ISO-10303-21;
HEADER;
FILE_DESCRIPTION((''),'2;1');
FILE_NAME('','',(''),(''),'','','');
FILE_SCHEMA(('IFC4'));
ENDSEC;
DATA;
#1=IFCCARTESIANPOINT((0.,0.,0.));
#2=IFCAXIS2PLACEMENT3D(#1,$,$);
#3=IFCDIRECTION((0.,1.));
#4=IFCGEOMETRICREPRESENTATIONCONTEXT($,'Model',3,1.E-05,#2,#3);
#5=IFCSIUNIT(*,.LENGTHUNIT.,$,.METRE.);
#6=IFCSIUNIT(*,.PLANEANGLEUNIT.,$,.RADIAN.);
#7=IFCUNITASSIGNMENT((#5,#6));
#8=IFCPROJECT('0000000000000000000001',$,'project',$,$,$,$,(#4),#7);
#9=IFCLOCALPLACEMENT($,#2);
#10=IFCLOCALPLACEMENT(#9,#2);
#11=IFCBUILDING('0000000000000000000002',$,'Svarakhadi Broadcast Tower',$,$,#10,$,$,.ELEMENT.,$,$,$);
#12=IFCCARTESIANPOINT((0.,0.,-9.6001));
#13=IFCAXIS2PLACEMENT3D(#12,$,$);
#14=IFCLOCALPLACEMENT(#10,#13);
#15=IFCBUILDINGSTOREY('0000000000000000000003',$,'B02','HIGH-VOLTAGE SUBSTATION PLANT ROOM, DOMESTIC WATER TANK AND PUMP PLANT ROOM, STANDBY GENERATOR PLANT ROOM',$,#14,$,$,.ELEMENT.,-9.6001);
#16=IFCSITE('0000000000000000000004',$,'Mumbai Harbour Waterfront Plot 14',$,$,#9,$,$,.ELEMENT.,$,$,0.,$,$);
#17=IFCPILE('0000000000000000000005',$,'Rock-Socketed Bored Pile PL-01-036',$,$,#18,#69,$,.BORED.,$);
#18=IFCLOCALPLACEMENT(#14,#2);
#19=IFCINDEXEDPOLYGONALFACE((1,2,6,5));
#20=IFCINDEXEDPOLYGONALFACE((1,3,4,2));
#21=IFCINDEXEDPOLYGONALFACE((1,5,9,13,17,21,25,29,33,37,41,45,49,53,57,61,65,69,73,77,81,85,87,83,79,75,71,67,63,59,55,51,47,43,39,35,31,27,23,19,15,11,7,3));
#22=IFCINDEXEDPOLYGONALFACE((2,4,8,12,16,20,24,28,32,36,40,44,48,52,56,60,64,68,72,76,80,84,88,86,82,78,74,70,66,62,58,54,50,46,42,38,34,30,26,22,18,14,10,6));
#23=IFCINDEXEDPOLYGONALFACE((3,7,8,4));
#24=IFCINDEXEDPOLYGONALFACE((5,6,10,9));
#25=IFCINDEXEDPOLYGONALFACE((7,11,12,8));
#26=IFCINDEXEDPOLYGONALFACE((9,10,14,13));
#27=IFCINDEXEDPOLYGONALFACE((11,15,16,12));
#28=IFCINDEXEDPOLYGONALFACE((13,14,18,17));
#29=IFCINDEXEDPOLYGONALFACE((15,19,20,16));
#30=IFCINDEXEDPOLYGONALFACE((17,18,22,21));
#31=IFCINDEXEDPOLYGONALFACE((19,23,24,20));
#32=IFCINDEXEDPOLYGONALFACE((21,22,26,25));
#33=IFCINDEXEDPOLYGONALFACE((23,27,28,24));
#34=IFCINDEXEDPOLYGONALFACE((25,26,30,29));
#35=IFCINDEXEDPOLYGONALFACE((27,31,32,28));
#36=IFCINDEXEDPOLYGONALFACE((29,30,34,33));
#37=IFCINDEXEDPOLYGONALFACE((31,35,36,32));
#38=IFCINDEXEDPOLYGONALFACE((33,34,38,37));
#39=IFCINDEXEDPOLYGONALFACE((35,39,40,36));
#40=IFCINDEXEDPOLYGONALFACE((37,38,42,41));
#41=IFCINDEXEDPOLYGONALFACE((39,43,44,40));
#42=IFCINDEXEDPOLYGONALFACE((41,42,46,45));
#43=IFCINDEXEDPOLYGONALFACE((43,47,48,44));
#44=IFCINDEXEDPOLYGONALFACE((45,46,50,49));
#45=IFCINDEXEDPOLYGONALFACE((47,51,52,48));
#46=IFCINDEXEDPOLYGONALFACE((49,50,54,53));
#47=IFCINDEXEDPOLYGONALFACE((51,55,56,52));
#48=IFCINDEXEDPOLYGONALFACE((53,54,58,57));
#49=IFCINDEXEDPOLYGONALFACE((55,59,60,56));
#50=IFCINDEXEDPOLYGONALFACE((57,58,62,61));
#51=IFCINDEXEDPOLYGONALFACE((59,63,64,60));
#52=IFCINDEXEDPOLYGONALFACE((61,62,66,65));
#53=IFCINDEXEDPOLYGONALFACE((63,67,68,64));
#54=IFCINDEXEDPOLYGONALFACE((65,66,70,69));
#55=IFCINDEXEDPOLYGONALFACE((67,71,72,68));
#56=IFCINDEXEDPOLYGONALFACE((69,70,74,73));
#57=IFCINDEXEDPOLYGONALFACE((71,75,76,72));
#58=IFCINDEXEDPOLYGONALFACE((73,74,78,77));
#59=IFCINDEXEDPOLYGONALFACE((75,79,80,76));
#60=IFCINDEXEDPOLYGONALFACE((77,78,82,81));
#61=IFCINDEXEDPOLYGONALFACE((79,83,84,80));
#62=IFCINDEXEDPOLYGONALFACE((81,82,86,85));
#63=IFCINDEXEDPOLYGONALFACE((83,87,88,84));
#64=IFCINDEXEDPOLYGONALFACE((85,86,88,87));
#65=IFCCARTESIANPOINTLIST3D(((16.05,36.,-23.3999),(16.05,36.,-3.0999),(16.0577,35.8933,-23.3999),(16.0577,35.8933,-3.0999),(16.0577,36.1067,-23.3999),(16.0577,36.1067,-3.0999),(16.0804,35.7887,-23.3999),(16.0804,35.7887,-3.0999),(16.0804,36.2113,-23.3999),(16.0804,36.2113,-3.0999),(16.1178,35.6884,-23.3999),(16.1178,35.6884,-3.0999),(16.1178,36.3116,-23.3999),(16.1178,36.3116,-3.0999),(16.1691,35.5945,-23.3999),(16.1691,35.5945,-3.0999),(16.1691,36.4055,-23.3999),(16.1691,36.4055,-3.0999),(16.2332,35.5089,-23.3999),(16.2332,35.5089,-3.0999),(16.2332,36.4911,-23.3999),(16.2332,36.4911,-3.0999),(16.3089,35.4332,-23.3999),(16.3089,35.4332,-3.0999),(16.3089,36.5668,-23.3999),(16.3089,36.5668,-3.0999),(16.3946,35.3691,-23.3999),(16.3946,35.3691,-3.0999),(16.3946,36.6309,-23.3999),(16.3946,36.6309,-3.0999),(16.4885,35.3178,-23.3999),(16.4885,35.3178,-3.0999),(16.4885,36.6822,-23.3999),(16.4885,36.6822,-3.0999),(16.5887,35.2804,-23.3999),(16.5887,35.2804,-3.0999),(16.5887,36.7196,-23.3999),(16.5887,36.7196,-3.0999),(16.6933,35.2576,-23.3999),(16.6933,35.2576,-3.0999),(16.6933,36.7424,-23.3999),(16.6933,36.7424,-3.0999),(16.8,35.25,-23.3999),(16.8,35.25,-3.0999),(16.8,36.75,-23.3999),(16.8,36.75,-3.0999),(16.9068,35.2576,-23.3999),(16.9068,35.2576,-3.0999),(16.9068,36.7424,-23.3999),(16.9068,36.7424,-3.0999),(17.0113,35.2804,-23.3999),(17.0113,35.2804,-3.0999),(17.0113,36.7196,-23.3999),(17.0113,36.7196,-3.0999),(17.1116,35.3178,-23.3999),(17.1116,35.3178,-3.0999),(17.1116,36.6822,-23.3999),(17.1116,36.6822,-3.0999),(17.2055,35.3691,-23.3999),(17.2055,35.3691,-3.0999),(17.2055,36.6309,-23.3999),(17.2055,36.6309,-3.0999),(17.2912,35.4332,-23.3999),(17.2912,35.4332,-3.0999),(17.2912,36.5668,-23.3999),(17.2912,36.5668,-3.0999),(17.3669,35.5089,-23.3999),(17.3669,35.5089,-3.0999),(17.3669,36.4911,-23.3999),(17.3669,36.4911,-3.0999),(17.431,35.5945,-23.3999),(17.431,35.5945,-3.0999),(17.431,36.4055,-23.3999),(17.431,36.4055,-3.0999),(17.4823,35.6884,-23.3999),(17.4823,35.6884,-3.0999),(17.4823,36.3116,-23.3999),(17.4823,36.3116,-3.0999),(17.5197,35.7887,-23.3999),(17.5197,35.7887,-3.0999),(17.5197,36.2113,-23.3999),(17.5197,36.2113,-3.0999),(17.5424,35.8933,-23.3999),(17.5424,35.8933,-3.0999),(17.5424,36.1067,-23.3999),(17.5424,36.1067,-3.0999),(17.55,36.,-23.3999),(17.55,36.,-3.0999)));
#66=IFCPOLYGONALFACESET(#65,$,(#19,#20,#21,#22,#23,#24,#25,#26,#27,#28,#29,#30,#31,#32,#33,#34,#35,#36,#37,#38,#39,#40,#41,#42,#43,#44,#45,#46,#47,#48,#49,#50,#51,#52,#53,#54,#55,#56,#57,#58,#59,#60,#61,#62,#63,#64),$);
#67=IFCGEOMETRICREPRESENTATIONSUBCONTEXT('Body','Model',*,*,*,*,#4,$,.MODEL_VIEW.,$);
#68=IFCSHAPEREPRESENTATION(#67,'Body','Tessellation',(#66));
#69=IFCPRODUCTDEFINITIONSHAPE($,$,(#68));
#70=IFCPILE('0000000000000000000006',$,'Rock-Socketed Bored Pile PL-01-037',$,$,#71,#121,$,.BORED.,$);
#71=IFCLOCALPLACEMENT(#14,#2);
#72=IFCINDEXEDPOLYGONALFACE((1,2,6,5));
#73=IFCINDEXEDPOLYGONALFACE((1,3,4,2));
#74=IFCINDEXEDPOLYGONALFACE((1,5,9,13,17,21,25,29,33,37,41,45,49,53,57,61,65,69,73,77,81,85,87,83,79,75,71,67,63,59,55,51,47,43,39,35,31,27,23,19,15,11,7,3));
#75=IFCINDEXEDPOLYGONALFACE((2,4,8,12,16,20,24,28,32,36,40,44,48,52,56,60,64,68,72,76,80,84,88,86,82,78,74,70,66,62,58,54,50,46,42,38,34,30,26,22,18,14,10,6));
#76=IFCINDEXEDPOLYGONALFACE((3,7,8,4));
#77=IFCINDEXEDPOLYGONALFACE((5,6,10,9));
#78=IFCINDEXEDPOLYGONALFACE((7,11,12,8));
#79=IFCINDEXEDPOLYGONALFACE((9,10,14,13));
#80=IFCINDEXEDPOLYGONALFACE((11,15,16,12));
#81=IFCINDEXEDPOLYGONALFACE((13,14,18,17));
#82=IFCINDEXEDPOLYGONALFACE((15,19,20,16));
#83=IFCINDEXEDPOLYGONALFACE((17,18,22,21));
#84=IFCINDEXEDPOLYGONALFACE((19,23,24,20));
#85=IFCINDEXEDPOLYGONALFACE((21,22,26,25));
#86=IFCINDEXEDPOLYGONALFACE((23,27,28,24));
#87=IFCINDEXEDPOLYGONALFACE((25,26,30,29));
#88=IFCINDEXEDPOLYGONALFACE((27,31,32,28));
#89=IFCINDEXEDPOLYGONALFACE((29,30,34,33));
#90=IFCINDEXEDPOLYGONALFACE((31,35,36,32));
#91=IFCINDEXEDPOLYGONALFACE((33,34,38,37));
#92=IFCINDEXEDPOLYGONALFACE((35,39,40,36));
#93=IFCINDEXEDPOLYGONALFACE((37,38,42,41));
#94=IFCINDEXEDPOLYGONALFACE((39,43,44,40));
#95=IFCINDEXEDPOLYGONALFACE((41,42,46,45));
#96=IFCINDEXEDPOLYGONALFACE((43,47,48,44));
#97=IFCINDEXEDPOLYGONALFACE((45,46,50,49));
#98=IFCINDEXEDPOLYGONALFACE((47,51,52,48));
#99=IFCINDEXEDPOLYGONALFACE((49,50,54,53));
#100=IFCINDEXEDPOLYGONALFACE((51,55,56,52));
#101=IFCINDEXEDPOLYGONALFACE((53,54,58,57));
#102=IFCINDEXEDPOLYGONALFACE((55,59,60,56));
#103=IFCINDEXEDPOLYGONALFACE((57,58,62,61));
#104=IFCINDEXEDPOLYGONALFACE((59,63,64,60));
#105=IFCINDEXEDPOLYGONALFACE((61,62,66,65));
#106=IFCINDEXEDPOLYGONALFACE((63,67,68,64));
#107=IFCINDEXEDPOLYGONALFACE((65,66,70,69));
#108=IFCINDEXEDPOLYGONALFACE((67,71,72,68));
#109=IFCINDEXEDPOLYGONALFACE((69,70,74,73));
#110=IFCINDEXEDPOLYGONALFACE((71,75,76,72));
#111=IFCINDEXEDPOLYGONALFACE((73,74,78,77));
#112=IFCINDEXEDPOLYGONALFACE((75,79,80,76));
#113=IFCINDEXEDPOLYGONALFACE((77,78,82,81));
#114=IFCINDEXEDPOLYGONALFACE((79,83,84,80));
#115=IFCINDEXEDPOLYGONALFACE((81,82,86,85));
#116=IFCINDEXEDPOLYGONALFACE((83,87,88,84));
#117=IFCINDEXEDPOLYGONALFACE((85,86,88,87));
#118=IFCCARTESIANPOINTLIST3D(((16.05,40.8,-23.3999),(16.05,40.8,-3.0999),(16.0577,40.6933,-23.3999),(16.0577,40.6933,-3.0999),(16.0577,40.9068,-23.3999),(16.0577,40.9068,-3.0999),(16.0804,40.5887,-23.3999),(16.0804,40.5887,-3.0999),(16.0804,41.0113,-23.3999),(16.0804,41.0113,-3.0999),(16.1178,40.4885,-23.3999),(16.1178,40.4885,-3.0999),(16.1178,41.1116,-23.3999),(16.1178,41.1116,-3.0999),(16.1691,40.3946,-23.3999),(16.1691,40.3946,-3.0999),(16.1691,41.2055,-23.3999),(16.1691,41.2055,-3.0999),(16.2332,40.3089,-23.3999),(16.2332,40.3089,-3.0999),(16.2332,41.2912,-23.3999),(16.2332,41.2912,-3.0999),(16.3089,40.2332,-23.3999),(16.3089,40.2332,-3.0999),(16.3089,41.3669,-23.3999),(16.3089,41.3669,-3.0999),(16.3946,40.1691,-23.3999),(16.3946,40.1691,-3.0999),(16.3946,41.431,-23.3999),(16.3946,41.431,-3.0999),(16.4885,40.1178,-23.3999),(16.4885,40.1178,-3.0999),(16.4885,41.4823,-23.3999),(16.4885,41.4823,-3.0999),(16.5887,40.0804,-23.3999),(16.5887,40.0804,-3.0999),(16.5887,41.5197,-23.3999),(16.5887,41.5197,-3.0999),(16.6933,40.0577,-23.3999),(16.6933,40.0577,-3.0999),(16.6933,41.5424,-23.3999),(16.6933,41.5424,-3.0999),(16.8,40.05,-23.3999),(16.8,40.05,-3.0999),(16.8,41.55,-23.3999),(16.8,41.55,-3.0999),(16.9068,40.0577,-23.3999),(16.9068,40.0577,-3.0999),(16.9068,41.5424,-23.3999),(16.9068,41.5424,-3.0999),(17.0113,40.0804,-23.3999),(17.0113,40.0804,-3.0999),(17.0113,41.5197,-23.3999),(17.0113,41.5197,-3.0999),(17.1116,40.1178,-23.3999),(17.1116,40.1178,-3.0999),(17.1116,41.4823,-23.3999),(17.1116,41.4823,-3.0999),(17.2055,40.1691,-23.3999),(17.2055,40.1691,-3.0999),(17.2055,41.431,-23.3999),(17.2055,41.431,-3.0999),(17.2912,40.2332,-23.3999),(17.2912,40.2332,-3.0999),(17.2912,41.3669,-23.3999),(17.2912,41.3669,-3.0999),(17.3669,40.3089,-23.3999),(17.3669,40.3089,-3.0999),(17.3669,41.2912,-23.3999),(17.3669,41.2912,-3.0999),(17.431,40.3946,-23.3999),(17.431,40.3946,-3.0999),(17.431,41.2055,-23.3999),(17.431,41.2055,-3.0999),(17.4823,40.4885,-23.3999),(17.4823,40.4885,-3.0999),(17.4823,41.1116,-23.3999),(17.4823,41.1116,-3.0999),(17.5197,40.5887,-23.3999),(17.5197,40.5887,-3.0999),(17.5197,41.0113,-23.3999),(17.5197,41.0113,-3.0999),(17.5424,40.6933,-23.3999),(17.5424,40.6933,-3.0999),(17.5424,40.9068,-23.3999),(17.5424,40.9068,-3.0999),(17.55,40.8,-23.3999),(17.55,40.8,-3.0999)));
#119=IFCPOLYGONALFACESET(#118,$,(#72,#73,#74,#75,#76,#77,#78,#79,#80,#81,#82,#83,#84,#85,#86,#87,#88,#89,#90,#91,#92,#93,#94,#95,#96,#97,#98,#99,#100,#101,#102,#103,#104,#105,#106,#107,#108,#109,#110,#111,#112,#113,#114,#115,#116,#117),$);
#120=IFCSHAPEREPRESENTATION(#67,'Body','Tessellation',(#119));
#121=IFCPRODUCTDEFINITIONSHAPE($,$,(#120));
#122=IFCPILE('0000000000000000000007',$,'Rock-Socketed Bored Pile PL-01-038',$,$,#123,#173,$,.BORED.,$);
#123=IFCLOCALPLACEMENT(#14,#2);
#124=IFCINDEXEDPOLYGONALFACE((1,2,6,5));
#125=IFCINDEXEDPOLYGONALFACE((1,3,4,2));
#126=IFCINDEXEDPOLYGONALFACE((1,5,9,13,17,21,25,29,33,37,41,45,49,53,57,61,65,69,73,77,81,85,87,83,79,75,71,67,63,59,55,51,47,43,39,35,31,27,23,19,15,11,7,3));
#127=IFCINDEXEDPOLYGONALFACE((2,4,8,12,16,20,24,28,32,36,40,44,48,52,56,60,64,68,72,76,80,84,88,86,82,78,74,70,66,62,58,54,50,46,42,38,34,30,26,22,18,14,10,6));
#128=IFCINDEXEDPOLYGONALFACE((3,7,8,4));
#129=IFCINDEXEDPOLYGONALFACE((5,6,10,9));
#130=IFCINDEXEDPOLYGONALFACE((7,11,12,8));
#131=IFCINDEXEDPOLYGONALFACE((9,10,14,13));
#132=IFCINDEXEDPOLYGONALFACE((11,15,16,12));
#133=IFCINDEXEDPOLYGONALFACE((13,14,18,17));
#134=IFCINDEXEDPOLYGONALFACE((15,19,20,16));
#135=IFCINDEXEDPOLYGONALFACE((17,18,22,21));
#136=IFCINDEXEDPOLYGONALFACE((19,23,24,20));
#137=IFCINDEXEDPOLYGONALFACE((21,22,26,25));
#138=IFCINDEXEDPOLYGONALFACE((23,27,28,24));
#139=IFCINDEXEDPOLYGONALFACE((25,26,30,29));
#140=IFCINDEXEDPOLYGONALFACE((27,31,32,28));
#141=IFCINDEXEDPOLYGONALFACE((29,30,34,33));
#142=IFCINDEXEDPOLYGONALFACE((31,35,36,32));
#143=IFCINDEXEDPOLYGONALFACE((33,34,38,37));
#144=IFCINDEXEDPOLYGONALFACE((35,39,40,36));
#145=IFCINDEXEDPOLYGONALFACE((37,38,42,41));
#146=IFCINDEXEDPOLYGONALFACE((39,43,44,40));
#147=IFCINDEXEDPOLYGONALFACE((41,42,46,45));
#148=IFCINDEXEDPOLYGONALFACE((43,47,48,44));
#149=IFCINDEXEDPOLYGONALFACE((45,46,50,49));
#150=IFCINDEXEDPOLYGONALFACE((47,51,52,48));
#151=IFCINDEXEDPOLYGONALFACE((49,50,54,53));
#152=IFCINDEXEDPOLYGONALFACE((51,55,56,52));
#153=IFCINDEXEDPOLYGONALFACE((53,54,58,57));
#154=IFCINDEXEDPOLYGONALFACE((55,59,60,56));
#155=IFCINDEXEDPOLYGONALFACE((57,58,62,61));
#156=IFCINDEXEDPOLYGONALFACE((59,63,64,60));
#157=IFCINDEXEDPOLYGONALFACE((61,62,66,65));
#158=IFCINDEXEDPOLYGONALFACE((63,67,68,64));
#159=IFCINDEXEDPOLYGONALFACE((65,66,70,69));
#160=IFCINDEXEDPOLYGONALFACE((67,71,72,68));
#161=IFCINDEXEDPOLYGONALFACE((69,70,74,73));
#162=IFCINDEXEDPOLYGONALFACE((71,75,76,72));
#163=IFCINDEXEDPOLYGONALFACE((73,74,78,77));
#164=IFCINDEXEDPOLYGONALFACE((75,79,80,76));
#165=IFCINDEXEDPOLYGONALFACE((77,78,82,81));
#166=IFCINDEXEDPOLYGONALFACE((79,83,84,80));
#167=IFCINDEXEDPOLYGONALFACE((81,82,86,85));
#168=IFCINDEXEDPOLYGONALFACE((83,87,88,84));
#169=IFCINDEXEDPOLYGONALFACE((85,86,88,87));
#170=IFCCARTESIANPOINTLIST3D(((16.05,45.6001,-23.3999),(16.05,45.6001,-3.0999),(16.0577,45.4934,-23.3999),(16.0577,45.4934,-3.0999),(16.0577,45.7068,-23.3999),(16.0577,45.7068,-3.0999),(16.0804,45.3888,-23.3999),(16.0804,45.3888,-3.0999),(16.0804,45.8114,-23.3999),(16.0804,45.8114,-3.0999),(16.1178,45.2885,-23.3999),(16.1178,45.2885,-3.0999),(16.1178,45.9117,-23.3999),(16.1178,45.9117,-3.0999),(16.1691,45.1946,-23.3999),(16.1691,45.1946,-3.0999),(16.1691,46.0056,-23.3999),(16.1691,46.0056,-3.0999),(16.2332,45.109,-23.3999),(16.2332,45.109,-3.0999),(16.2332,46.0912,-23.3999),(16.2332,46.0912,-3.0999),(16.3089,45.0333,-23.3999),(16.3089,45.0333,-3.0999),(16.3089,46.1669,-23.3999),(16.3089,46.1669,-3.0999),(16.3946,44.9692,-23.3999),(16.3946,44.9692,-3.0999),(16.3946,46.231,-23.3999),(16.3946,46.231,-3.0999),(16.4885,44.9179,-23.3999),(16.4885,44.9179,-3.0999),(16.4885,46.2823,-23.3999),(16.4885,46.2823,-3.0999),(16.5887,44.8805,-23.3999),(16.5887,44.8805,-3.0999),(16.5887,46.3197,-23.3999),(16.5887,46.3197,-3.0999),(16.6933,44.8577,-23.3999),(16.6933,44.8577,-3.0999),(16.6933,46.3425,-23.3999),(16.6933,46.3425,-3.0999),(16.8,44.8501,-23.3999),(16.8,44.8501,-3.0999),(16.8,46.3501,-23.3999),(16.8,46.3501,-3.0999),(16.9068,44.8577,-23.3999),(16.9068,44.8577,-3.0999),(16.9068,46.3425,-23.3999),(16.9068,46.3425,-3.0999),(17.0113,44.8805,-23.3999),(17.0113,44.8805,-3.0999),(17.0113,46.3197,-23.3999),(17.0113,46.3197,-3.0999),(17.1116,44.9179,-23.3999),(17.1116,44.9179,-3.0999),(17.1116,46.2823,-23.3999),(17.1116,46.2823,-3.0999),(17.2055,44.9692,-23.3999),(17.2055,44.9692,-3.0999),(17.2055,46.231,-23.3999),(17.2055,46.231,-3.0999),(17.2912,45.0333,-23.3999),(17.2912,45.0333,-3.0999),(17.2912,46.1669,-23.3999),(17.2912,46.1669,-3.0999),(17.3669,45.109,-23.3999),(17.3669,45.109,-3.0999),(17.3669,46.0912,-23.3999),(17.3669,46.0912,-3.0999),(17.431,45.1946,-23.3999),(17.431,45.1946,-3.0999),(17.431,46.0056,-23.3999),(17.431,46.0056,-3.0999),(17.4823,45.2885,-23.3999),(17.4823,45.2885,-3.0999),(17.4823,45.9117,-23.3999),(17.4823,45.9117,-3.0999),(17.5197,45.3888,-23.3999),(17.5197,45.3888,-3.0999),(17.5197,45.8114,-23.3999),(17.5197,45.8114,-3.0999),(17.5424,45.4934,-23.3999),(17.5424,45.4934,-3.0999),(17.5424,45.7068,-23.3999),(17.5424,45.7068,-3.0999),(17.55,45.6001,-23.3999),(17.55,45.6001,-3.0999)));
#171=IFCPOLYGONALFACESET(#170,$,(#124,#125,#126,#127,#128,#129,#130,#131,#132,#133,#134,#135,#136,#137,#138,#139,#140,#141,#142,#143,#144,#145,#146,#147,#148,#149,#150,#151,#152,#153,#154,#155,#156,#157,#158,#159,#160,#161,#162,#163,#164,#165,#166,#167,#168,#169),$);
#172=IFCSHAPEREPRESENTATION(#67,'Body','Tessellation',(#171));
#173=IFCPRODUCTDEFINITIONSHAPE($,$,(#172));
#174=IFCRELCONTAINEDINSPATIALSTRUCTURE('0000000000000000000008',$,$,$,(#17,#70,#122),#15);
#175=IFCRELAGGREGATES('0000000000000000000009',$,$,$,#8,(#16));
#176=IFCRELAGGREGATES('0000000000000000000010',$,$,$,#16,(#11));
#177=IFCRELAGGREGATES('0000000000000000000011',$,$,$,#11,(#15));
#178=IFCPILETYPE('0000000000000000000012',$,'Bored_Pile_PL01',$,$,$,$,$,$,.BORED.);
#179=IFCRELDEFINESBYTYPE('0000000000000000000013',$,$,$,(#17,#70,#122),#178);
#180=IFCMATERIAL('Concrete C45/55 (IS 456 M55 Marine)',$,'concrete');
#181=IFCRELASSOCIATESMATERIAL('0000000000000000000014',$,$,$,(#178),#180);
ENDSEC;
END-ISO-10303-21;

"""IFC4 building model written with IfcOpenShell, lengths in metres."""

from ifc_helpers import new_model, si_unit, direction, frame, origin, origin_2d, place, context, subcontext, project, spatial, circle, extrude, material, material_profile, profile_set, type_object, element, save


model = new_model("IFC4")

# Units and contexts
model_context = context("Model", 3, precision=1e-05, world=origin(), true_north=direction((0.0, 1.0)))
body_context = subcontext(model_context, "Body", "Model", "MODEL_VIEW")
ifc_project = project(units=[si_unit("LENGTHUNIT", "METRE"), si_unit("PLANEANGLEUNIT", "RADIAN")], contexts=[model_context])

# Site, building, storey
site_placement = place(None, origin())
site = spatial("IfcSite", under=ifc_project, at=site_placement, Name="Mumbai Harbour Waterfront Plot 14", CompositionType="ELEMENT", RefElevation=0.0)
building_placement = place(site_placement, origin())
building = spatial("IfcBuilding", under=site, at=building_placement, Name="Svarakhadi Broadcast Tower", CompositionType="ELEMENT")
storey_placement = place(building_placement, frame((0.0, 0.0, -9.6001)))
storey = spatial("IfcBuildingStorey", under=building, at=storey_placement, Name="B02", Description="HIGH-VOLTAGE SUBSTATION PLANT ROOM, DOMESTIC WATER TANK AND PUMP PLANT ROOM, STANDBY GENERATOR PLANT ROOM", CompositionType="ELEMENT", Elevation=-9.6001)

# Piles
ifc_material_1 = material(Name="Concrete C45/55 (IS 456 M55 Marine)", Category="concrete")
ifc_material_profile_1 = material_profile(ifc_material_1, circle(Radius=0.75, at=origin_2d()), Name="PILE D1500")
ifc_profile_set_1 = profile_set([ifc_material_profile_1], Name="Concrete C45/55 (IS 456 M55 Marine)")
pile_type = type_object("IfcPileType", Name="Bored_Pile_PL01", PredefinedType="BORED", material=ifc_profile_set_1)
for number, where, z_axis, x_axis, name in (
    (1, (16.8, 36.0, -3.0999), (0.0, 0.0, -1.0), (1.0, 0.0, 0.0), "Rock-Socketed Bored Pile PL-01-036"),
    (2, (16.8, 40.8, -3.0999), (0.0, 0.0, -1.0), (1.0, 0.0, 0.0), "Rock-Socketed Bored Pile PL-01-037"),
    (3, (16.8, 45.6001, -3.0999), (0.0, 0.0, -1.0), (1.0, 0.0, 0.0), "Rock-Socketed Bored Pile PL-01-038"),
):
    element("IfcPile", number, at=place(storey_placement, frame(where, z_axis=z_axis, x_axis=x_axis)), inside=storey, type_object=pile_type, Name=name, PredefinedType="BORED", context=body_context, shape_type="SweptSolid", body=[
        extrude(circle(Radius=0.75, at=origin_2d()), origin(), (0.0, 0.0, 1.0), 20.3),
    ])

save(model, "model.ifc")
